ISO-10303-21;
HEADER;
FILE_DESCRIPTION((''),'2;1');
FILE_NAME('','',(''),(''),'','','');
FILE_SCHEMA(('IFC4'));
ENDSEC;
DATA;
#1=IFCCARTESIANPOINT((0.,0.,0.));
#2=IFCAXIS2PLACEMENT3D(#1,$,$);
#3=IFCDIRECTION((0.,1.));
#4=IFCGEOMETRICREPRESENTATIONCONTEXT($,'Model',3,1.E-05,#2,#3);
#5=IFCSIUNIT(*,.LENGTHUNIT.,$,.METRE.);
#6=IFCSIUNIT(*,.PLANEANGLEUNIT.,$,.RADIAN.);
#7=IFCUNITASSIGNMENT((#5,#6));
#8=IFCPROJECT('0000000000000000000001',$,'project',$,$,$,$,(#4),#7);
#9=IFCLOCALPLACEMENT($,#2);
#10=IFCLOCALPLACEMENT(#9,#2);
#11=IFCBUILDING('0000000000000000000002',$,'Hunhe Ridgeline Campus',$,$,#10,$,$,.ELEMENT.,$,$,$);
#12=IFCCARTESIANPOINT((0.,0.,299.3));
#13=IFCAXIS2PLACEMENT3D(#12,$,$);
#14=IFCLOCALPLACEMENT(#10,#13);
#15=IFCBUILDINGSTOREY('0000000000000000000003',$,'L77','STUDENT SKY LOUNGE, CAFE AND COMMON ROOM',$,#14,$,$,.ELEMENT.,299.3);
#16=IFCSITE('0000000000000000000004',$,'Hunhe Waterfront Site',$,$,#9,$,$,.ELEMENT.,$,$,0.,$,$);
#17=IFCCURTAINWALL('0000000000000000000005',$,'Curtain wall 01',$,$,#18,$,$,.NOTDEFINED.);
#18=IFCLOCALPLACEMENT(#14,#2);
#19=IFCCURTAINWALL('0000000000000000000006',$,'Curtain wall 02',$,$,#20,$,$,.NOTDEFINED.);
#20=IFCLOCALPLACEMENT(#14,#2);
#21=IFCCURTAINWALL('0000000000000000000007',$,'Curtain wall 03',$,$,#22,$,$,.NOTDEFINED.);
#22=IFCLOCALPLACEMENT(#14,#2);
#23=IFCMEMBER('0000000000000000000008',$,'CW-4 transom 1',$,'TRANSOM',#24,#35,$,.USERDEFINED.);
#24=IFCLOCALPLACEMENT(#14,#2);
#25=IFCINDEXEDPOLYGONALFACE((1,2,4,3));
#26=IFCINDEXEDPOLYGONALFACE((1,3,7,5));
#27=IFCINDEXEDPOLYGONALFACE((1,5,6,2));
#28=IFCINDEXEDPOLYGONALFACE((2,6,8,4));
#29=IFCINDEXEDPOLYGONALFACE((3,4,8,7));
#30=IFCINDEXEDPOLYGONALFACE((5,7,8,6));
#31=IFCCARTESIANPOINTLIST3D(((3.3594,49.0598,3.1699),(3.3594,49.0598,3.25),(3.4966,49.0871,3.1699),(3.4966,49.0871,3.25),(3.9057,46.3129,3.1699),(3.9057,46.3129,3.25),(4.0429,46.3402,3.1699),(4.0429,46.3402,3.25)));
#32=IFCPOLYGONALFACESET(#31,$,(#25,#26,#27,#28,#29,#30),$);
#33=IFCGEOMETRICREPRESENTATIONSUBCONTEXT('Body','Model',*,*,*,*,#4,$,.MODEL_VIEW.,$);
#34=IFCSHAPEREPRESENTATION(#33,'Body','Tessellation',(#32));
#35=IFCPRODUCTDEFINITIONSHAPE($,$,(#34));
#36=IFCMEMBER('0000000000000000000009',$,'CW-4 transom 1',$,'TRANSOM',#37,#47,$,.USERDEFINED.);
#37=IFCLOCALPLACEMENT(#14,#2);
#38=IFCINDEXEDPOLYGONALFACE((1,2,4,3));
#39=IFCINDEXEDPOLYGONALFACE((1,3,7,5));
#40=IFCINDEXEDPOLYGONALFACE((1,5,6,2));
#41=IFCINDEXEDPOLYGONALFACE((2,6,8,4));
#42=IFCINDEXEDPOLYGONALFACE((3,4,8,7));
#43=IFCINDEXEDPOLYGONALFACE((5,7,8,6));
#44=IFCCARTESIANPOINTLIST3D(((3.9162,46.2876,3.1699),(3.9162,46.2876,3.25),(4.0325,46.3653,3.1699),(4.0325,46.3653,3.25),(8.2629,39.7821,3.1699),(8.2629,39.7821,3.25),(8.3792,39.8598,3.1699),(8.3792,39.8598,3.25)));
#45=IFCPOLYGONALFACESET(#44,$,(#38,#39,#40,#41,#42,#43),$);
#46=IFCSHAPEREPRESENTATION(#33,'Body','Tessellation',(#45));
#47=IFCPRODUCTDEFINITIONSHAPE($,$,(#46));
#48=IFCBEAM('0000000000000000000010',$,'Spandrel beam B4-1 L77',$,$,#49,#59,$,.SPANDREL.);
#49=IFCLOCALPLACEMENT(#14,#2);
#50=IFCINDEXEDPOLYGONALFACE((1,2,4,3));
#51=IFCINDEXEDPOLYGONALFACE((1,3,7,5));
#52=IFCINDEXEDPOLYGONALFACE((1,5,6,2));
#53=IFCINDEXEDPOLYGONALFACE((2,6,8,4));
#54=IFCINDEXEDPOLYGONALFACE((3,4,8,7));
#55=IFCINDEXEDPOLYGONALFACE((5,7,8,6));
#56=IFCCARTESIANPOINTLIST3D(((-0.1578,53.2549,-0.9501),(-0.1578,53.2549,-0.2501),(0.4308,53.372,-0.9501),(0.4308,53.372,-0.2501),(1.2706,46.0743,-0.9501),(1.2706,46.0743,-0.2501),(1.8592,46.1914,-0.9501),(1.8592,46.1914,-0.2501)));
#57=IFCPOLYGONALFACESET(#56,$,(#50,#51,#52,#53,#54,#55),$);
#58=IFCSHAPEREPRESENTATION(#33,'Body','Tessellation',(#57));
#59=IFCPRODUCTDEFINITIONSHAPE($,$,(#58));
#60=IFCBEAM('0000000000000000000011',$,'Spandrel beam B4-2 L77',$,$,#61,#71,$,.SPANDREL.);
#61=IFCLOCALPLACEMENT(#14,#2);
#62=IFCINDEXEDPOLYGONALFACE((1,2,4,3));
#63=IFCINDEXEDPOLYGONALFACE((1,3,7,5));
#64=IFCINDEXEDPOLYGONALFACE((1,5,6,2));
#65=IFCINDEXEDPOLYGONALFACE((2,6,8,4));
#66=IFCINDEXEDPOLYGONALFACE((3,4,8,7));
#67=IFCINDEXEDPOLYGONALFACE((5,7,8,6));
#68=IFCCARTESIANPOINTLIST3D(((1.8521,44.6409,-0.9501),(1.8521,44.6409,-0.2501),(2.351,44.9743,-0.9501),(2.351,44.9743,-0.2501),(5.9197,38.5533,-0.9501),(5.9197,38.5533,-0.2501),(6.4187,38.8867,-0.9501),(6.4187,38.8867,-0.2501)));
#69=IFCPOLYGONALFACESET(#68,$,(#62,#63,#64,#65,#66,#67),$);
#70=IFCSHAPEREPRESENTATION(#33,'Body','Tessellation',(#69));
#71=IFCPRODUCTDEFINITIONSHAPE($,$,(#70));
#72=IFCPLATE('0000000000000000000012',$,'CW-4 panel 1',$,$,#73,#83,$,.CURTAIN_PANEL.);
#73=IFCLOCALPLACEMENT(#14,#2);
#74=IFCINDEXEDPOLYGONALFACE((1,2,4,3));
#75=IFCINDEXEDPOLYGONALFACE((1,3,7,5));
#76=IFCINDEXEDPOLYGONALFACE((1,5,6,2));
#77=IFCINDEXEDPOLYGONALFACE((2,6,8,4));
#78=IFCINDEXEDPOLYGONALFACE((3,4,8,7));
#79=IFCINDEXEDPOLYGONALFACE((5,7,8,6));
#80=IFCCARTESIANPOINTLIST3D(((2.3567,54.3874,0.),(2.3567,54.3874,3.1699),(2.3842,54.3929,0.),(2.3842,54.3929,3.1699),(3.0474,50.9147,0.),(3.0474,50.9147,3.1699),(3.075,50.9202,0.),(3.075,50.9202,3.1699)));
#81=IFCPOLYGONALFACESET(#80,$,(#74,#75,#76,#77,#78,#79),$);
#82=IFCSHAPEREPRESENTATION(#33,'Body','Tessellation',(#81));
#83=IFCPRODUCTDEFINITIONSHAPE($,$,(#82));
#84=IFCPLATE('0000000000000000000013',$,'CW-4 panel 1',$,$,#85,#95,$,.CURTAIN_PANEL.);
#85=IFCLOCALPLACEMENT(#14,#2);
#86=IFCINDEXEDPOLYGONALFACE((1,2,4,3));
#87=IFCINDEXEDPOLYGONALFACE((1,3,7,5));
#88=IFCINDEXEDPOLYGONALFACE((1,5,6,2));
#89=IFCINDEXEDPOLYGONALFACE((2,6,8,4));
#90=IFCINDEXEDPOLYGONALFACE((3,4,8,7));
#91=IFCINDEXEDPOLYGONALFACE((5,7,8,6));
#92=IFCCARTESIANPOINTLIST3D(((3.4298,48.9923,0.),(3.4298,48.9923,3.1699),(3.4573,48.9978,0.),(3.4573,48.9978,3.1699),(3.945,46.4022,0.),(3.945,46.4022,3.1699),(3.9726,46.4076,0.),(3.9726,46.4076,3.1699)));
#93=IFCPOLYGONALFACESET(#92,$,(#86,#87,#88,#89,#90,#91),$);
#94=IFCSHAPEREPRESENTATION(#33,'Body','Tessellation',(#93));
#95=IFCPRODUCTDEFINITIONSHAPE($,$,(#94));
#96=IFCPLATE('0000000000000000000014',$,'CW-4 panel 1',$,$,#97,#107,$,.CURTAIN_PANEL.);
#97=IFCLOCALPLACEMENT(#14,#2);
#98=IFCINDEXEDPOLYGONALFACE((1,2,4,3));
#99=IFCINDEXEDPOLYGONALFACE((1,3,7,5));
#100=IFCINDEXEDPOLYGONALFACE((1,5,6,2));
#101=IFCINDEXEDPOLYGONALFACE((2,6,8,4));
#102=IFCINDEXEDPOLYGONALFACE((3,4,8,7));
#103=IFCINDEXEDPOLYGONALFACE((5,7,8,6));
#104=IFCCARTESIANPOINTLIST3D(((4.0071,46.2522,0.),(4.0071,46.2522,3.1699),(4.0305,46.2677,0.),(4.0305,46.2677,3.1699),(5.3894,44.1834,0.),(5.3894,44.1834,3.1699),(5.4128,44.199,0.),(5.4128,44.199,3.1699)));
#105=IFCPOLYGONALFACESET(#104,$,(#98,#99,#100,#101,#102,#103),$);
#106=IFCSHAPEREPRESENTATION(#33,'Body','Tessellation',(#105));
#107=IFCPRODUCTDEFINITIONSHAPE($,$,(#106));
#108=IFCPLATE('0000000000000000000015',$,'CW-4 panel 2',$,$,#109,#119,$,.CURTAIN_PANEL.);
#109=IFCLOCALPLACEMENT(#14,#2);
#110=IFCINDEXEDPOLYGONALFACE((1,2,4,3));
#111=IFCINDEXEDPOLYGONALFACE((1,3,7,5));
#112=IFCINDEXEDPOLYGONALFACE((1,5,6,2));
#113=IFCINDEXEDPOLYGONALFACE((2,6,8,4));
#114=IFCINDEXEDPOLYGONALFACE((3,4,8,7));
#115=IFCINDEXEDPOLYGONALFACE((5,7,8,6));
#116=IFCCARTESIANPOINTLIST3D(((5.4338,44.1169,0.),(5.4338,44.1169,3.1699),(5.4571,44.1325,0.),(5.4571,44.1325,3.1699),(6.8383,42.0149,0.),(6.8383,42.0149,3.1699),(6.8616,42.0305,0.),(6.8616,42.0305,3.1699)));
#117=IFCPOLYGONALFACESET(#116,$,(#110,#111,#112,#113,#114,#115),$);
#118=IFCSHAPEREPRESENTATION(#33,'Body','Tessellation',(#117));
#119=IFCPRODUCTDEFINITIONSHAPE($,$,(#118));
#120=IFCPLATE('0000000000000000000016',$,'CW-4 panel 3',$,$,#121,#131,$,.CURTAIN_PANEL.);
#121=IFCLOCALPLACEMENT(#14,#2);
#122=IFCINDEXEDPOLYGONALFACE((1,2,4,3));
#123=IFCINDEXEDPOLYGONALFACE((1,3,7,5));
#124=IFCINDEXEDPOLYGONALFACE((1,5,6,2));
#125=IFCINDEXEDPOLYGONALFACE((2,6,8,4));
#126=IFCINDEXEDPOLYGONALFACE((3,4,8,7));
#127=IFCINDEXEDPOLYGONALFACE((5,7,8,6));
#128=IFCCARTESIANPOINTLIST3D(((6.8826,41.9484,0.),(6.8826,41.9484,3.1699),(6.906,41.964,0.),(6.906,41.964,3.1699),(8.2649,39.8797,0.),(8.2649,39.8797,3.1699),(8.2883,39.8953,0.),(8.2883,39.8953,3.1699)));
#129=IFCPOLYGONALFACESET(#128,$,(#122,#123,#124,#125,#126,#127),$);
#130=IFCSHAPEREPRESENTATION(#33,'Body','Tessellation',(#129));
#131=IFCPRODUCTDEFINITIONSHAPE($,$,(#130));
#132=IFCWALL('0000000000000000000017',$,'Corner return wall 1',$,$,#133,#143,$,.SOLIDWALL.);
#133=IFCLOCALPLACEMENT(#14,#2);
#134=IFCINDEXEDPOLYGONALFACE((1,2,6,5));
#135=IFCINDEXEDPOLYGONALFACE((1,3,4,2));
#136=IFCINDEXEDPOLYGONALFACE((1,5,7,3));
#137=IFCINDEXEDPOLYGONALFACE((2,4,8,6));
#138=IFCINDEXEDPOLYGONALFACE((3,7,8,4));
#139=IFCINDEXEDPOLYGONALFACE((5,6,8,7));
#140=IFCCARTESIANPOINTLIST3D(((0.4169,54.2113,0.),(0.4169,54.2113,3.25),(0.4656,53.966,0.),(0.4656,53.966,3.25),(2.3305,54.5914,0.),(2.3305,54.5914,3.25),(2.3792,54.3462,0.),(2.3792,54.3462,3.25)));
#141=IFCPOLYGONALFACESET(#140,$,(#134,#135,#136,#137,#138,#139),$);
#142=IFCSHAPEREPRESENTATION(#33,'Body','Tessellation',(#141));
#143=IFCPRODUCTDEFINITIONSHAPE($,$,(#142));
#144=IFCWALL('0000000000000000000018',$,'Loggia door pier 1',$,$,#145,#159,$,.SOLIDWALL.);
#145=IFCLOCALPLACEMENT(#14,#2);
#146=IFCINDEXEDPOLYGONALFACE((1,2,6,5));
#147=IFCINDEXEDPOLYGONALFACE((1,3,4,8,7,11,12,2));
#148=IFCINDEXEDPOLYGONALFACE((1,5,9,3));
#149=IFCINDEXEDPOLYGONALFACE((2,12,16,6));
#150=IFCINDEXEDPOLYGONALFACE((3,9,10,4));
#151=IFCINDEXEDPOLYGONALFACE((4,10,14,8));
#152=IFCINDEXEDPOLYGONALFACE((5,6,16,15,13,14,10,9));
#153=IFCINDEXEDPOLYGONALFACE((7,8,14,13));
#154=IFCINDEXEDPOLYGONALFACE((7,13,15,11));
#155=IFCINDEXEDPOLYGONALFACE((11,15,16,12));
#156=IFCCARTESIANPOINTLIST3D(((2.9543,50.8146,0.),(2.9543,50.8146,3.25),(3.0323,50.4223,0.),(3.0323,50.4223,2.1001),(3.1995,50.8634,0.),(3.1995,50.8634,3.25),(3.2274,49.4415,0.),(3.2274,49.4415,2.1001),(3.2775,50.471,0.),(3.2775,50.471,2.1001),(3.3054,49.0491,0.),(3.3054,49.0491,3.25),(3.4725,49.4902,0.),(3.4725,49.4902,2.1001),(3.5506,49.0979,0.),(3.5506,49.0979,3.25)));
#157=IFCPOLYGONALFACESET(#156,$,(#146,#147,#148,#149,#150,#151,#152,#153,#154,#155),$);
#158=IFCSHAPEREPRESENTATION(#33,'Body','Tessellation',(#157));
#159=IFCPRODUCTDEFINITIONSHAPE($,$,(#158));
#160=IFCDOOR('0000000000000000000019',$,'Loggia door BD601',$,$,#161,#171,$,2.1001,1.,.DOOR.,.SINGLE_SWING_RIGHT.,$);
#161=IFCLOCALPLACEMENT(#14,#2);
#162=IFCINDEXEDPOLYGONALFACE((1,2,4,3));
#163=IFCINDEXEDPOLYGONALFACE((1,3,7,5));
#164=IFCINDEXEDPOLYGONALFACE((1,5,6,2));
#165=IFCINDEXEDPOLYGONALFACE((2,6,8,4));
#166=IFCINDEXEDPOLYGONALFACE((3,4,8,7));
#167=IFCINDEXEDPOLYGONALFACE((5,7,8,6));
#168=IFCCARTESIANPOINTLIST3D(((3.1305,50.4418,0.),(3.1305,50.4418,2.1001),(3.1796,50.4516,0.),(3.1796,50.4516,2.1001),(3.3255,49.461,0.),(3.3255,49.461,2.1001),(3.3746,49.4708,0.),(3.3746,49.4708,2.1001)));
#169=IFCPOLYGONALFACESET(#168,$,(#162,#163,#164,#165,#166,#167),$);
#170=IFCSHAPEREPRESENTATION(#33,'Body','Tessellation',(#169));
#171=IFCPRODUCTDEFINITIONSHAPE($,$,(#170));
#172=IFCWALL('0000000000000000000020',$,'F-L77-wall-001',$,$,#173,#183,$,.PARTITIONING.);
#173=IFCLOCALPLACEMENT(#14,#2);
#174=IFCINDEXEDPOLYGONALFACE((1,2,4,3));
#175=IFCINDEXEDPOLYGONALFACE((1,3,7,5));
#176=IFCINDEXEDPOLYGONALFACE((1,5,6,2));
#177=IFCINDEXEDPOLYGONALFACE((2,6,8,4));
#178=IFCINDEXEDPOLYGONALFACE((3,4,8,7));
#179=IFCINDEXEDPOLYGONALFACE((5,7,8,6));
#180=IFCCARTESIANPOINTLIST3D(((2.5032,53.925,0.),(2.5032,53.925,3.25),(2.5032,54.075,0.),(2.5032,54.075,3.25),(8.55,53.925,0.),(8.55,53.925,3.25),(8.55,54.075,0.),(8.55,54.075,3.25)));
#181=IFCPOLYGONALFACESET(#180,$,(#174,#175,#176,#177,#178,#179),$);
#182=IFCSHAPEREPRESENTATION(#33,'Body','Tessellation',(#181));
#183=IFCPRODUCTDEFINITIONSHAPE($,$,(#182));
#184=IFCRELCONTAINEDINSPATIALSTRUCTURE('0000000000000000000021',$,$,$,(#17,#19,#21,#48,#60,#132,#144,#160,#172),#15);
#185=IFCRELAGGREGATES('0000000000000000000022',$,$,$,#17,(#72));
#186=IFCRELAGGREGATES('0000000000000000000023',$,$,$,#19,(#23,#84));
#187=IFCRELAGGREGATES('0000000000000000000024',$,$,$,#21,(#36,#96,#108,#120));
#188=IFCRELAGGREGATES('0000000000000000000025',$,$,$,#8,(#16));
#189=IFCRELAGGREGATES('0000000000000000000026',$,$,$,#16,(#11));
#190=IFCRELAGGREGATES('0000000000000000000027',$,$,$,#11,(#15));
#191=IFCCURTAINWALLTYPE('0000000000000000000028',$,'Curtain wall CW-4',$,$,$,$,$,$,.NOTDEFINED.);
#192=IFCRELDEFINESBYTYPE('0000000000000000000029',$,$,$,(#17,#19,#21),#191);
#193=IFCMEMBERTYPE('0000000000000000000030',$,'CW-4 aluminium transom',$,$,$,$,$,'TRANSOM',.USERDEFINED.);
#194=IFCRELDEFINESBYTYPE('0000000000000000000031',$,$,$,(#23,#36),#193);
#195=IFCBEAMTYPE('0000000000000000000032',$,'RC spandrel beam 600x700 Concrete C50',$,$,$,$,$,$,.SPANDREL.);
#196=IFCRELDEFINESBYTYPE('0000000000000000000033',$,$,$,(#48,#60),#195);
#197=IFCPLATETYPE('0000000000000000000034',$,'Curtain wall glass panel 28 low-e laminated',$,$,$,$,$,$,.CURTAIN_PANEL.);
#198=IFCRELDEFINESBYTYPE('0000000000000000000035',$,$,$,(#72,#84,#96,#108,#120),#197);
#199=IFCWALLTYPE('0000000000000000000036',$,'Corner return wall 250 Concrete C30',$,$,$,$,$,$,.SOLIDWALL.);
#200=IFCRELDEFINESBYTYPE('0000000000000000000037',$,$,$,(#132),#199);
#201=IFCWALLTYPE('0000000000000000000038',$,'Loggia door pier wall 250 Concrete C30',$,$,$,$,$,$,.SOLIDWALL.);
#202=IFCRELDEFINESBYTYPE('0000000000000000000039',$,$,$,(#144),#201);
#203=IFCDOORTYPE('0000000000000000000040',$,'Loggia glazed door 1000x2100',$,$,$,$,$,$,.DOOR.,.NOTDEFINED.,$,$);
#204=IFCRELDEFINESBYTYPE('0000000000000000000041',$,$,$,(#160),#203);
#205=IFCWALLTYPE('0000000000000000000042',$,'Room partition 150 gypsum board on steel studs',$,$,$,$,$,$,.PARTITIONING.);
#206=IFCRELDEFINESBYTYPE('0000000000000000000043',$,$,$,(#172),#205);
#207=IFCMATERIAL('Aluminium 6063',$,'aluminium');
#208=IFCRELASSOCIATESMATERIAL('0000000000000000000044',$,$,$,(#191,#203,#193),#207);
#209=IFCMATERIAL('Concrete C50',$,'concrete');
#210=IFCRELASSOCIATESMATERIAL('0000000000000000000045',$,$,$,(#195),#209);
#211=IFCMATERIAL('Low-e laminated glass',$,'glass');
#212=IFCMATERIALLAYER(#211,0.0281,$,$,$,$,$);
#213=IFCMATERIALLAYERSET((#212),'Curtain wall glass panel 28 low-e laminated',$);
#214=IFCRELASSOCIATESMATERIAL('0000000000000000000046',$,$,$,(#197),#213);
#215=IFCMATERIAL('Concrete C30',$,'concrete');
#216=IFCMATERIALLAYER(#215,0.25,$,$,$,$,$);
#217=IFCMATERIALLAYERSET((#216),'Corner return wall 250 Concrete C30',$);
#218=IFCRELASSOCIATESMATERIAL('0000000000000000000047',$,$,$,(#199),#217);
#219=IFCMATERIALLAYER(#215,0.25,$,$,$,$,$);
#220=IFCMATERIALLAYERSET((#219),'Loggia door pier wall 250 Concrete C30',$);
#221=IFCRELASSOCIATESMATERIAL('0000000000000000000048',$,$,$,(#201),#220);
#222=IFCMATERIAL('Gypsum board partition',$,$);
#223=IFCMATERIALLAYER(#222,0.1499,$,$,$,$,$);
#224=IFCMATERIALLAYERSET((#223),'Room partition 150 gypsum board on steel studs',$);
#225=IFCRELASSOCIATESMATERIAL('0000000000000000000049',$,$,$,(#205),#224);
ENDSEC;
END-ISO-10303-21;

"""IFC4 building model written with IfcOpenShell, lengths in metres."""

from ifc_helpers import new_model, si_unit, direction, frame, frame_2d, origin, origin_2d, place, context, subcontext, project, spatial, rectangle, extrude, material, layer, layer_set, material_profile, profile_set, type_object, element, fill, aggregate, save


model = new_model("IFC4")

# Units and contexts
model_context = context("Model", 3, precision=1e-05, world=origin(), true_north=direction((0.0, 1.0)))
body_context = subcontext(model_context, "Body", "Model", "MODEL_VIEW")
ifc_project = project(units=[si_unit("LENGTHUNIT", "METRE"), si_unit("PLANEANGLEUNIT", "RADIAN")], contexts=[model_context])

# Site, building, storey
site_placement = place(None, origin())
site = spatial("IfcSite", under=ifc_project, at=site_placement, Name="Hunhe Waterfront Site", CompositionType="ELEMENT", RefElevation=0.0)
building_placement = place(site_placement, origin())
building = spatial("IfcBuilding", under=site, at=building_placement, Name="Hunhe Ridgeline Campus", CompositionType="ELEMENT")
storey_placement = place(building_placement, frame((0.0, 0.0, 299.3)))
storey = spatial("IfcBuildingStorey", under=building, at=storey_placement, Name="L77", Description="STUDENT SKY LOUNGE, CAFE AND COMMON ROOM", CompositionType="ELEMENT", Elevation=299.3)

# Shared definitions
ifc_material_1 = material(Name="Concrete C50", Category="concrete")

# Curtain walls
ifc_material_2 = material(Name="Aluminium 6063", Category="aluminium")
curtain_wall_type = type_object("IfcCurtainWallType", Name="Curtain wall CW-4", PredefinedType="NOTDEFINED", material=ifc_material_2)
curtain_wall_1_placement = place(storey_placement, origin())
curtain_wall_1 = element("IfcCurtainWall", 1, at=curtain_wall_1_placement, inside=storey, type_object=curtain_wall_type, Name="Curtain wall 01", PredefinedType="NOTDEFINED")
curtain_wall_2_placement = place(storey_placement, origin())
curtain_wall_2 = element("IfcCurtainWall", 2, at=curtain_wall_2_placement, inside=storey, type_object=curtain_wall_type, Name="Curtain wall 02", PredefinedType="NOTDEFINED")
curtain_wall_3_placement = place(storey_placement, origin())
curtain_wall_3 = element("IfcCurtainWall", 3, at=curtain_wall_3_placement, inside=storey, type_object=curtain_wall_type, Name="Curtain wall 03", PredefinedType="NOTDEFINED")

# Members
ifc_material_profile_1 = material_profile(ifc_material_2, rectangle(XDim=0.1399, YDim=0.0801, at=origin_2d()))
ifc_profile_set_1 = profile_set([ifc_material_profile_1], Name="Aluminium 6063")
member_type_1 = type_object("IfcMemberType", Name="CW-4 aluminium transom", ElementType="TRANSOM", PredefinedType="USERDEFINED", material=ifc_profile_set_1)
member_1_placement = place(storey_placement, frame((3.428, 49.0735, 3.21), z_axis=(0.195077, -0.980788, 0.0), x_axis=(0.980788, 0.195077, 0.0)))
member_1 = element("IfcMember", 4, at=member_1_placement, type_object=member_type_1, Name="CW-4 transom 1", ObjectType="TRANSOM", PredefinedType="USERDEFINED", context=body_context, shape_type="SweptSolid", body=[
    extrude(rectangle(XDim=0.1399, YDim=0.0801, at=origin_2d()), origin(), (0.0, 0.0, 1.0), 2.8008),
])
member_2_placement = place(storey_placement, frame((3.9744, 46.3264, 3.21), z_axis=(0.555564, -0.831474, 0.0), x_axis=(0.831474, 0.555564, 0.0)))
member_2 = element("IfcMember", 5, at=member_2_placement, type_object=member_type_1, Name="CW-4 transom 1", ObjectType="TRANSOM", PredefinedType="USERDEFINED", context=body_context, shape_type="SweptSolid", body=[
    extrude(rectangle(XDim=0.1399, YDim=0.0801, at=origin_2d()), origin(), (0.0, 0.0, 1.0), 7.824),
])

# Beams
ifc_material_profile_2 = material_profile(ifc_material_1, rectangle(XDim=0.6001, YDim=0.7, at=origin_2d()))
ifc_profile_set_2 = profile_set([ifc_material_profile_2], Name="Concrete C50")
beam_type = type_object("IfcBeamType", Name="RC spandrel beam 600x700 Concrete C50", PredefinedType="SPANDREL", material=ifc_profile_set_2)
beam_1_placement = place(storey_placement, frame((0.1365, 53.3135, -0.6001), z_axis=(0.195109, -0.980782, 0.0), x_axis=(0.980782, 0.195109, 0.0)))
element("IfcBeam", 6, at=beam_1_placement, inside=storey, type_object=beam_type, Name="Spandrel beam B4-1 L77", PredefinedType="SPANDREL", context=body_context, shape_type="SweptSolid", body=[
    extrude(rectangle(XDim=0.6001, YDim=0.7, at=origin_2d()), origin(), (0.0, 0.0, 1.0), 7.3213),
])
beam_2_placement = place(storey_placement, frame((2.1016, 44.8076, -0.6001), z_axis=(0.555569, -0.83147, 0.0), x_axis=(0.83147, 0.555569, 0.0)))
element("IfcBeam", 7, at=beam_2_placement, inside=storey, type_object=beam_type, Name="Spandrel beam B4-2 L77", PredefinedType="SPANDREL", context=body_context, shape_type="SweptSolid", body=[
    extrude(rectangle(XDim=0.6001, YDim=0.7, at=origin_2d()), origin(), (0.0, 0.0, 1.0), 7.3215),
])

# Plates
ifc_material_3 = material(Name="Low-e laminated glass", Category="glass")
ifc_layer_1 = layer(ifc_material_3, 0.0281)
ifc_layer_set_1 = layer_set([ifc_layer_1], Name="Curtain wall glass panel 28 low-e laminated")
plate_type = type_object("IfcPlateType", Name="Curtain wall glass panel 28 low-e laminated", PredefinedType="CURTAIN_PANEL", material=ifc_layer_set_1)
plate_1_placement = place(storey_placement, frame((2.7158, 52.6538, 0.0), z_axis=(0.0, 0.0, 1.0), x_axis=(0.195095, -0.980784, 0.0)))
plate_1 = element("IfcPlate", 8, at=plate_1_placement, type_object=plate_type, Name="CW-4 panel 1", PredefinedType="CURTAIN_PANEL", context=body_context, shape_type="SweptSolid", body=[
    extrude(rectangle(XDim=3.5408, YDim=0.0281, at=origin_2d()), origin(), (0.0, 0.0, 1.0), 3.1699),
])
aggregate(curtain_wall_1, [plate_1])
plate_2_placement = place(storey_placement, frame((3.7012, 47.7, 0.0), z_axis=(0.0, 0.0, 1.0), x_axis=(0.195095, -0.980784, 0.0)))
plate_2 = element("IfcPlate", 9, at=plate_2_placement, type_object=plate_type, Name="CW-4 panel 1", PredefinedType="CURTAIN_PANEL", context=body_context, shape_type="SweptSolid", body=[
    extrude(rectangle(XDim=2.6409, YDim=0.0281, at=origin_2d()), origin(), (0.0, 0.0, 1.0), 3.1699),
])
aggregate(curtain_wall_2, [member_1, plate_2])
plate_3_placement = place(storey_placement, frame((4.71, 45.2256, 0.0), z_axis=(0.0, 0.0, 1.0), x_axis=(0.55557, -0.83147, 0.0)))
plate_3 = element("IfcPlate", 10, at=plate_3_placement, type_object=plate_type, Name="CW-4 panel 1", PredefinedType="CURTAIN_PANEL", context=body_context, shape_type="SweptSolid", body=[
    extrude(rectangle(XDim=2.488, YDim=0.0281, at=origin_2d()), origin(), (0.0, 0.0, 1.0), 3.1699),
])
plate_4_placement = place(storey_placement, frame((6.1477, 43.0737, 0.0), z_axis=(0.0, 0.0, 1.0), x_axis=(0.55557, -0.83147, 0.0)))
plate_4 = element("IfcPlate", 11, at=plate_4_placement, type_object=plate_type, Name="CW-4 panel 2", PredefinedType="CURTAIN_PANEL", context=body_context, shape_type="SweptSolid", body=[
    extrude(rectangle(XDim=2.5281, YDim=0.0281, at=origin_2d()), origin(), (0.0, 0.0, 1.0), 3.1699),
])
plate_5_placement = place(storey_placement, frame((7.5854, 40.9219, 0.0), z_axis=(0.0, 0.0, 1.0), x_axis=(0.55557, -0.83147, 0.0)))
plate_5 = element("IfcPlate", 12, at=plate_5_placement, type_object=plate_type, Name="CW-4 panel 3", PredefinedType="CURTAIN_PANEL", context=body_context, shape_type="SweptSolid", body=[
    extrude(rectangle(XDim=2.488, YDim=0.0281, at=origin_2d()), origin(), (0.0, 0.0, 1.0), 3.1699),
])
aggregate(curtain_wall_3, [member_2, plate_3, plate_4, plate_5])

# Wall
ifc_material_4 = material(Name="Concrete C30", Category="concrete")
ifc_layer_2 = layer(ifc_material_4, 0.25)
ifc_layer_set_2 = layer_set([ifc_layer_2], Name="Corner return wall 250 Concrete C30")
wall_type_1 = type_object("IfcWallType", Name="Corner return wall 250 Concrete C30", PredefinedType="SOLIDWALL", material=ifc_layer_set_2)
wall_1_placement = place(storey_placement, frame((0.4412, 54.0886, 0.0), z_axis=(0.0, 0.0, 1.0), x_axis=(0.980835, 0.194841, 0.0)))
element("IfcWall", 13, at=wall_1_placement, inside=storey, type_object=wall_type_1, Name="Corner return wall 1", PredefinedType="SOLIDWALL", context=body_context, shape_type="SweptSolid", body=[
    extrude(rectangle(XDim=1.9509, YDim=0.25, at=frame_2d((0.9756, 0.0))), origin(), (0.0, 0.0, 1.0), 3.25),
])

# Wall, opening, door
ifc_layer_3 = layer(ifc_material_4, 0.25)
ifc_layer_set_3 = layer_set([ifc_layer_3], Name="Loggia door pier wall 250 Concrete C30")
wall_type_2 = type_object("IfcWallType", Name="Loggia door pier wall 250 Concrete C30", PredefinedType="SOLIDWALL", material=ifc_layer_set_3)
wall_2_placement = place(storey_placement, frame((3.0769, 50.8389, 0.0), z_axis=(0.0, 0.0, 1.0), x_axis=(0.195047, -0.980794, 0.0)))
wall_2 = element("IfcWall", 14, at=wall_2_placement, inside=storey, type_object=wall_type_2, Name="Loggia door pier 1", PredefinedType="SOLIDWALL", context=body_context, shape_type="SweptSolid", body=[
    extrude(rectangle(XDim=1.8, YDim=0.25, at=frame_2d((0.8999, 0.0))), origin(), (0.0, 0.0, 1.0), 3.25),
])
opening_placement = place(wall_2_placement, frame((0.3999, 0.0, 0.0)))
opening = element("IfcOpeningElement", 15, at=opening_placement, cuts=wall_2, PredefinedType="OPENING", context=body_context, shape_type="SweptSolid", body=[
    extrude(rectangle(XDim=1.0, YDim=2.1001, at=frame_2d((0.5, 1.05))), frame((0.0, 0.125, 0.0), z_axis=(0.0, -1.0, 0.0), x_axis=(1.0, 0.0, 0.0)), (0.0, 0.0, 1.0), 0.25),
])
door_type = type_object("IfcDoorType", Name="Loggia glazed door 1000x2100", OperationType="NOTDEFINED", PredefinedType="DOOR", material=ifc_material_2)
door_placement = place(opening_placement, frame((1.0, 0.0, 0.0), z_axis=(0.0, 0.0, 1.0), x_axis=(-1.0, 0.0, 0.0)))
door = element("IfcDoor", 16, at=door_placement, inside=storey, type_object=door_type, Name="Loggia door BD601", OperationType="SINGLE_SWING_RIGHT", OverallHeight=2.1001, OverallWidth=1.0, PredefinedType="DOOR", context=body_context, shape_type="SweptSolid", body=[
    extrude(rectangle(XDim=1.0, YDim=2.1001, at=frame_2d((0.5, 1.05))), frame((0.0, 0.0249, 0.0), z_axis=(0.0, -1.0, 0.0), x_axis=(1.0, 0.0, 0.0)), (0.0, 0.0, 1.0), 0.05),
])
fill(opening, door)

# Wall
ifc_material_5 = material(Name="Gypsum board partition")
ifc_layer_4 = layer(ifc_material_5, 0.1499)
ifc_layer_set_4 = layer_set([ifc_layer_4], Name="Room partition 150 gypsum board on steel studs")
wall_type_3 = type_object("IfcWallType", Name="Room partition 150 gypsum board on steel studs", PredefinedType="PARTITIONING", material=ifc_layer_set_4)
wall_3_placement = place(storey_placement, frame((2.5032, 54.0, 0.0), z_axis=(0.0, 0.0, 1.0), x_axis=(1.0, 0.0, 0.0)))
element("IfcWall", 17, at=wall_3_placement, inside=storey, type_object=wall_type_3, Name="F-L77-wall-001", PredefinedType="PARTITIONING", context=body_context, shape_type="SweptSolid", body=[
    extrude(rectangle(XDim=6.0469, YDim=0.1499, at=frame_2d((3.0234, 0.0))), origin(), (0.0, 0.0, 1.0), 3.25),
])

save(model, "model.ifc")
